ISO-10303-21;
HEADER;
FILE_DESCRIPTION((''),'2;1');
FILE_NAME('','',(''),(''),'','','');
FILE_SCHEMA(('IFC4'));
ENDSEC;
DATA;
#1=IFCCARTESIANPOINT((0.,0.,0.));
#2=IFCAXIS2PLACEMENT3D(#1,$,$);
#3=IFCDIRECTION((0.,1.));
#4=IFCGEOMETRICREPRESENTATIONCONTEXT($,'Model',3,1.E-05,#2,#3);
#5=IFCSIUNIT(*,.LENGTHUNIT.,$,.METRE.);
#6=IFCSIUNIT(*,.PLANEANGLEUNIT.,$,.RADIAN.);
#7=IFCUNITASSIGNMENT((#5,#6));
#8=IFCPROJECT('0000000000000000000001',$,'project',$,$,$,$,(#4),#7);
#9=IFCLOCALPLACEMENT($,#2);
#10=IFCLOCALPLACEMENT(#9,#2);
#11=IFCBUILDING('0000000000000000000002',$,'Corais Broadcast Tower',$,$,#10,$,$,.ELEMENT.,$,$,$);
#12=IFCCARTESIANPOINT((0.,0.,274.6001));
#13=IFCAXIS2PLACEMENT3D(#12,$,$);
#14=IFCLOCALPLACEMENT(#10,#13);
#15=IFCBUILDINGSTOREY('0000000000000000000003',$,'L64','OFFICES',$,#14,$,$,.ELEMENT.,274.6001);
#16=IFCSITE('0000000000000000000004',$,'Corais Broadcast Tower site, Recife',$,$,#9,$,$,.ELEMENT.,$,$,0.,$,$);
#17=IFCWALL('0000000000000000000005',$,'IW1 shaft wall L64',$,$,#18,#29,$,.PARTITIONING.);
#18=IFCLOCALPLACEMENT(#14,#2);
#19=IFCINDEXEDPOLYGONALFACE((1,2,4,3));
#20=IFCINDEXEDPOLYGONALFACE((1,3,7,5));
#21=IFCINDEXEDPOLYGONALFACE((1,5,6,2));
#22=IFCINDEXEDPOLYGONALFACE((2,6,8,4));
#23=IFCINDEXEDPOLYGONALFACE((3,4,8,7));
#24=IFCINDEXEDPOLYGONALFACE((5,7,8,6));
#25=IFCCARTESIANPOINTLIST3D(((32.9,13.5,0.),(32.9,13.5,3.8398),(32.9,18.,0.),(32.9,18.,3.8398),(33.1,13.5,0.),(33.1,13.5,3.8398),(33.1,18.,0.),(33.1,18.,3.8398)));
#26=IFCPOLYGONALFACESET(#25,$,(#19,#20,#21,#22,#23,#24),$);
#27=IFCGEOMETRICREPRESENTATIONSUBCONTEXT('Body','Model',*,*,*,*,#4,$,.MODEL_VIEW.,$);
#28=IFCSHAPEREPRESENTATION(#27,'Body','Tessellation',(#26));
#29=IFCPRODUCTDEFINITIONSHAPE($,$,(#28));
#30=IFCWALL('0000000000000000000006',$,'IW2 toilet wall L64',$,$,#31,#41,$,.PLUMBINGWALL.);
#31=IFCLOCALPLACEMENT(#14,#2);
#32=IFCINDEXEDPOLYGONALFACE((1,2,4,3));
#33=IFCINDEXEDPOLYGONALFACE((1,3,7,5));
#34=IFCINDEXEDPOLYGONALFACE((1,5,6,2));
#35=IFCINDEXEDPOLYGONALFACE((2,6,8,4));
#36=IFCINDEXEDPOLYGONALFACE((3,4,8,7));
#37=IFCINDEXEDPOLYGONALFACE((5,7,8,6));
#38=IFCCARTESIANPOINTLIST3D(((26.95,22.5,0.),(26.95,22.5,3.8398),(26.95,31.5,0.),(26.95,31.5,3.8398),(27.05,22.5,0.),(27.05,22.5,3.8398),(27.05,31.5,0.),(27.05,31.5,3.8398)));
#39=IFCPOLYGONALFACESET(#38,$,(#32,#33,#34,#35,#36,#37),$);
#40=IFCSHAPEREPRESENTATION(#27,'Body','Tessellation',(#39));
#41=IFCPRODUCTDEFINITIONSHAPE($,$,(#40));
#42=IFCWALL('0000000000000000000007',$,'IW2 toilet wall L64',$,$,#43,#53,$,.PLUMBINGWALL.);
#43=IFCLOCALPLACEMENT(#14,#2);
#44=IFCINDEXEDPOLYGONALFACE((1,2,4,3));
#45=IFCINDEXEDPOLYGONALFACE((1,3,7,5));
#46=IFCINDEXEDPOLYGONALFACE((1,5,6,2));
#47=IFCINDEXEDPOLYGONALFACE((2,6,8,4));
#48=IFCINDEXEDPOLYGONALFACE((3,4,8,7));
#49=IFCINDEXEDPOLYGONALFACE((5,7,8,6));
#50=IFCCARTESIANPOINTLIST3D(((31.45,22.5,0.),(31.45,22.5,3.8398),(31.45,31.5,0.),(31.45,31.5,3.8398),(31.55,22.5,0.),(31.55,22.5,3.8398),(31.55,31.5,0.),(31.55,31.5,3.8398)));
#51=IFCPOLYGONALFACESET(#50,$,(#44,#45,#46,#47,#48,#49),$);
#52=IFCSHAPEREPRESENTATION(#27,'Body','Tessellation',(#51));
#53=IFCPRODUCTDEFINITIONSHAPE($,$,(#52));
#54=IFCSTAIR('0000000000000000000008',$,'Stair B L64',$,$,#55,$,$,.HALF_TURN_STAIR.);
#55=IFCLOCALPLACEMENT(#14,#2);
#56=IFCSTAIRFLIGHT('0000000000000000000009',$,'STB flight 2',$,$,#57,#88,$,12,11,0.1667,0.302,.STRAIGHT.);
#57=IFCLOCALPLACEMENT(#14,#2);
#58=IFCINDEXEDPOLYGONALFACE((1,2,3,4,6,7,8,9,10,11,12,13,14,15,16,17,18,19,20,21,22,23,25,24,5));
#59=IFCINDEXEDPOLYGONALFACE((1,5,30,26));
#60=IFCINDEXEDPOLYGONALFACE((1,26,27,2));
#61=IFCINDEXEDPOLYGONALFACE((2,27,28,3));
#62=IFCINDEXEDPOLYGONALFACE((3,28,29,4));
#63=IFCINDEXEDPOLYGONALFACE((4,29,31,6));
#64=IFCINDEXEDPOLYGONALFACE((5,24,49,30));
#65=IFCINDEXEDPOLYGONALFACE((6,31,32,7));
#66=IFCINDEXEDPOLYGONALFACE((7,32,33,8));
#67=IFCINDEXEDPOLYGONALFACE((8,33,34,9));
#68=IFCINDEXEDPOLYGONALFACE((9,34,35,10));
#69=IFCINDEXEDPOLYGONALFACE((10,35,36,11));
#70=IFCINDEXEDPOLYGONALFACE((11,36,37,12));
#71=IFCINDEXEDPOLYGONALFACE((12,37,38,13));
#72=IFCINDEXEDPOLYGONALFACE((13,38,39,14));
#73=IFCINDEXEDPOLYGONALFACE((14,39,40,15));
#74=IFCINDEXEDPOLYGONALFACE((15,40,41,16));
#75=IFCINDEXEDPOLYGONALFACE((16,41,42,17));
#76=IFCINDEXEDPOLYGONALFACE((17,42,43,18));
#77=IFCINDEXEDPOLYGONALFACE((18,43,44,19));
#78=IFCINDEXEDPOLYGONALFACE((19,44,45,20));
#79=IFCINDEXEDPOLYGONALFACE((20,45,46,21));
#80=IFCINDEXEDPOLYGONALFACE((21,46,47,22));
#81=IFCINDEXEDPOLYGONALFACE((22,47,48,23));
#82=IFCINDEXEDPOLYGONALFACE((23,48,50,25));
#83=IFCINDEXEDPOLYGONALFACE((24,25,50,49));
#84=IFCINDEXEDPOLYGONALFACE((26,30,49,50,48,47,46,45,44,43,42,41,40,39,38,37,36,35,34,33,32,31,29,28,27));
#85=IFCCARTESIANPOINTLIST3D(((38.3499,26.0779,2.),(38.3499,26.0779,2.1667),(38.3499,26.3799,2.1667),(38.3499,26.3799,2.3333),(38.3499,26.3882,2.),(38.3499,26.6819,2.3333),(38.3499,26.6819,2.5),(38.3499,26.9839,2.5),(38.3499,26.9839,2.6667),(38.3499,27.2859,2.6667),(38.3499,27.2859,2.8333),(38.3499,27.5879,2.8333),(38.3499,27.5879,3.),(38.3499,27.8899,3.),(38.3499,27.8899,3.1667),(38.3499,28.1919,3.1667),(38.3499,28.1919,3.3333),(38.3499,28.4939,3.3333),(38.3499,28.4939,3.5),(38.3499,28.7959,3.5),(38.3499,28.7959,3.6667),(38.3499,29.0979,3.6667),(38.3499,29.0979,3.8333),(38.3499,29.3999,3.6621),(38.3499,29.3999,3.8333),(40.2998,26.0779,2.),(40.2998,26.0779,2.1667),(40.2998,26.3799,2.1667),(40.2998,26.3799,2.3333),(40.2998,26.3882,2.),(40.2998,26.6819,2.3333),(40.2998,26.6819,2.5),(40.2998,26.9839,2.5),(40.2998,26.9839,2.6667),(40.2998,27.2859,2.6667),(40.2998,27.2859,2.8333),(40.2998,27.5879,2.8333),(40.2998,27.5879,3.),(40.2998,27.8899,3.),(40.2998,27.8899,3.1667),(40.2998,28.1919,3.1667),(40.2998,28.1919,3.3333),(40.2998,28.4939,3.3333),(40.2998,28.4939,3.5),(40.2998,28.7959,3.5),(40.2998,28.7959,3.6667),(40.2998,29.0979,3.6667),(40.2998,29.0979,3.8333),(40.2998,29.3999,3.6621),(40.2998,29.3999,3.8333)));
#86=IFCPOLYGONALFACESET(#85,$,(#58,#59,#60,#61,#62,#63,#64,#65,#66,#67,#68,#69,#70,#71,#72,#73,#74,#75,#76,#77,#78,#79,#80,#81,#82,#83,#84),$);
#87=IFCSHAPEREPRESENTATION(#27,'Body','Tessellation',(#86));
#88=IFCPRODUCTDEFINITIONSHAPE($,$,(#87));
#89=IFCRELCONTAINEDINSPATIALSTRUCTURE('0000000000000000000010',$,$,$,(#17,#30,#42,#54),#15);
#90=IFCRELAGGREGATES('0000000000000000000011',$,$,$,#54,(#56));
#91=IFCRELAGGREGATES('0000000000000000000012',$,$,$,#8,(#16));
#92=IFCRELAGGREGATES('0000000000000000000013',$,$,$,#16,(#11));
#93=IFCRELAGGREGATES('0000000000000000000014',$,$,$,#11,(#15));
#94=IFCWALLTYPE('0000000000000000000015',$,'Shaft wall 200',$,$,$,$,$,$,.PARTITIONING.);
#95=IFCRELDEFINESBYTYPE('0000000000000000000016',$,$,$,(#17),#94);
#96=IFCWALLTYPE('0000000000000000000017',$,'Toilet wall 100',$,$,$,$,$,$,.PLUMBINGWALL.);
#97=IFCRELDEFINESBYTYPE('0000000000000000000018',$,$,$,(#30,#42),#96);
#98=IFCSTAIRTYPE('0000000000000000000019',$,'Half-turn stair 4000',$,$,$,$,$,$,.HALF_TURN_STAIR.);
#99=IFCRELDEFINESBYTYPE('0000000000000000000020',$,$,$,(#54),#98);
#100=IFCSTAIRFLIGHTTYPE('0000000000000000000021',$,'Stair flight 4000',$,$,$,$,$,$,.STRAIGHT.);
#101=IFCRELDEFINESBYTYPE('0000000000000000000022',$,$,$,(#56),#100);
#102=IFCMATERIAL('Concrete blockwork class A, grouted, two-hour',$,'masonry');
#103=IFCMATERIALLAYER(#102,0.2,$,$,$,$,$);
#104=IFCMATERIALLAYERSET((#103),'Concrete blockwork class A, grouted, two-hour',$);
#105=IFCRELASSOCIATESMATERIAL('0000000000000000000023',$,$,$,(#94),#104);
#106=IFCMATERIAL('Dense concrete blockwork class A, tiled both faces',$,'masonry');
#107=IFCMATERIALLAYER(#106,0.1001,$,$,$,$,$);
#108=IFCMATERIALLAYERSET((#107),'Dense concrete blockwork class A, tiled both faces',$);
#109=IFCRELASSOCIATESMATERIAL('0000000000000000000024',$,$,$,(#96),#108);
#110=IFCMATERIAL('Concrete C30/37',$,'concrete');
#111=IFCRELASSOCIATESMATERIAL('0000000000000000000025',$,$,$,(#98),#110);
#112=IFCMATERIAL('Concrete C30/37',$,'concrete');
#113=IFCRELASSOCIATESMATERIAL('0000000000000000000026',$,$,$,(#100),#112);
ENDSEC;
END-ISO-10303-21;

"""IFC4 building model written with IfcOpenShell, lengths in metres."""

from ifc_helpers import new_model, si_unit, direction, frame, frame_2d, origin, place, context, subcontext, project, spatial, polyline, rectangle, outline, extrude, material, layer, layer_set, type_object, element, aggregate, save


model = new_model("IFC4")

# Units and contexts
model_context = context("Model", 3, precision=1e-05, world=origin(), true_north=direction((0.0, 1.0)))
body_context = subcontext(model_context, "Body", "Model", "MODEL_VIEW")
ifc_project = project(units=[si_unit("LENGTHUNIT", "METRE"), si_unit("PLANEANGLEUNIT", "RADIAN")], contexts=[model_context])

# Site, building, storey
site_placement = place(None, origin())
site = spatial("IfcSite", under=ifc_project, at=site_placement, Name="Corais Broadcast Tower site, Recife", CompositionType="ELEMENT", RefElevation=0.0)
building_placement = place(site_placement, origin())
building = spatial("IfcBuilding", under=site, at=building_placement, Name="Corais Broadcast Tower", CompositionType="ELEMENT")
storey_placement = place(building_placement, frame((0.0, 0.0, 274.6001)))
storey = spatial("IfcBuildingStorey", under=building, at=storey_placement, Name="L64", Description="OFFICES", CompositionType="ELEMENT", Elevation=274.6001)

# Walls
ifc_material_1 = material(Name="Concrete blockwork class A, grouted, two-hour", Category="masonry")
ifc_layer_1 = layer(ifc_material_1, 0.2)
ifc_layer_set_1 = layer_set([ifc_layer_1], Name="Concrete blockwork class A, grouted, two-hour")
wall_type_1 = type_object("IfcWallType", Name="Shaft wall 200", PredefinedType="PARTITIONING", material=ifc_layer_set_1)
for number, where, z_axis, x_axis, name in (
    (1, (33.0, 13.5, 0.0), (0.0, 0.0, 1.0), (0.0, 1.0, 0.0), "IW1 shaft wall L64"),
):
    element("IfcWall", number, at=place(storey_placement, frame(where, z_axis=z_axis, x_axis=x_axis)), inside=storey, type_object=wall_type_1, Name=name, PredefinedType="PARTITIONING", context=body_context, shape_type="SweptSolid", body=[
        extrude(rectangle(XDim=4.5, YDim=0.2, at=frame_2d((2.25, 0.0))), origin(), (0.0, 0.0, 1.0), 3.8398),
    ])
ifc_material_2 = material(Name="Dense concrete blockwork class A, tiled both faces", Category="masonry")
ifc_layer_2 = layer(ifc_material_2, 0.1001)
ifc_layer_set_2 = layer_set([ifc_layer_2], Name="Dense concrete blockwork class A, tiled both faces")
wall_type_2 = type_object("IfcWallType", Name="Toilet wall 100", PredefinedType="PLUMBINGWALL", material=ifc_layer_set_2)
for number, where, z_axis, x_axis, name in (
    (2, (27.0, 22.5, 0.0), (0.0, 0.0, 1.0), (0.0, 1.0, 0.0), "IW2 toilet wall L64"),
    (3, (31.5, 22.5, 0.0), (0.0, 0.0, 1.0), (0.0, 1.0, 0.0), "IW2 toilet wall L64"),
):
    element("IfcWall", number, at=place(storey_placement, frame(where, z_axis=z_axis, x_axis=x_axis)), inside=storey, type_object=wall_type_2, Name=name, PredefinedType="PLUMBINGWALL", context=body_context, shape_type="SweptSolid", body=[
        extrude(rectangle(XDim=9.0, YDim=0.1001, at=frame_2d((4.5, 0.0))), origin(), (0.0, 0.0, 1.0), 3.8398),
    ])

# Stair, stair flight
ifc_material_3 = material(Name="Concrete C30/37", Category="concrete")
stair_type = type_object("IfcStairType", Name="Half-turn stair 4000", PredefinedType="HALF_TURN_STAIR", material=ifc_material_3)
stair_placement = place(storey_placement, origin())
stair = element("IfcStair", 4, at=stair_placement, inside=storey, type_object=stair_type, Name="Stair B L64", PredefinedType="HALF_TURN_STAIR")
ifc_material_4 = material(Name="Concrete C30/37", Category="concrete")
stair_flight_type = type_object("IfcStairFlightType", Name="Stair flight 4000", PredefinedType="STRAIGHT", material=ifc_material_4)
stair_flight_placement = place(storey_placement, frame((39.325, 26.0779, 2.0), z_axis=(0.0, 0.0, 1.0), x_axis=(0.0, 1.0, 0.0)))
stair_flight = element("IfcStairFlight", 5, at=stair_flight_placement, type_object=stair_flight_type, Name="STB flight 2", NumberOfRisers=12, NumberOfTreads=11, PredefinedType="STRAIGHT", RiserHeight=0.1667, TreadLength=0.302, context=body_context, shape_type="SweptSolid", body=[
    extrude(outline(polyline([(0.0, 0.0), (0.0, 0.1667), (0.302, 0.1667), (0.302, 0.3333), (0.604, 0.3333), (0.604, 0.5), (0.906, 0.5), (0.906, 0.6667), (1.208, 0.6667), (1.208, 0.8333), (1.51, 0.8333), (1.51, 1.0), (1.812, 1.0), (1.812, 1.1667), (2.114, 1.1667), (2.114, 1.3333), (2.416, 1.3333), (2.416, 1.5), (2.718, 1.5), (2.718, 1.6667), (3.02, 1.6667), (3.02, 1.8333), (3.322, 1.8333), (3.322, 2.0), (3.322, 1.6621), (0.3103, 0.0), (0.0, 0.0)])), frame((0.0, 0.9751, 0.0), z_axis=(0.0, -1.0, 0.0), x_axis=(1.0, 0.0, 0.0)), (0.0, 0.0, 1.0), 1.95),
])
aggregate(stair, [stair_flight])

save(model, "model.ifc")
